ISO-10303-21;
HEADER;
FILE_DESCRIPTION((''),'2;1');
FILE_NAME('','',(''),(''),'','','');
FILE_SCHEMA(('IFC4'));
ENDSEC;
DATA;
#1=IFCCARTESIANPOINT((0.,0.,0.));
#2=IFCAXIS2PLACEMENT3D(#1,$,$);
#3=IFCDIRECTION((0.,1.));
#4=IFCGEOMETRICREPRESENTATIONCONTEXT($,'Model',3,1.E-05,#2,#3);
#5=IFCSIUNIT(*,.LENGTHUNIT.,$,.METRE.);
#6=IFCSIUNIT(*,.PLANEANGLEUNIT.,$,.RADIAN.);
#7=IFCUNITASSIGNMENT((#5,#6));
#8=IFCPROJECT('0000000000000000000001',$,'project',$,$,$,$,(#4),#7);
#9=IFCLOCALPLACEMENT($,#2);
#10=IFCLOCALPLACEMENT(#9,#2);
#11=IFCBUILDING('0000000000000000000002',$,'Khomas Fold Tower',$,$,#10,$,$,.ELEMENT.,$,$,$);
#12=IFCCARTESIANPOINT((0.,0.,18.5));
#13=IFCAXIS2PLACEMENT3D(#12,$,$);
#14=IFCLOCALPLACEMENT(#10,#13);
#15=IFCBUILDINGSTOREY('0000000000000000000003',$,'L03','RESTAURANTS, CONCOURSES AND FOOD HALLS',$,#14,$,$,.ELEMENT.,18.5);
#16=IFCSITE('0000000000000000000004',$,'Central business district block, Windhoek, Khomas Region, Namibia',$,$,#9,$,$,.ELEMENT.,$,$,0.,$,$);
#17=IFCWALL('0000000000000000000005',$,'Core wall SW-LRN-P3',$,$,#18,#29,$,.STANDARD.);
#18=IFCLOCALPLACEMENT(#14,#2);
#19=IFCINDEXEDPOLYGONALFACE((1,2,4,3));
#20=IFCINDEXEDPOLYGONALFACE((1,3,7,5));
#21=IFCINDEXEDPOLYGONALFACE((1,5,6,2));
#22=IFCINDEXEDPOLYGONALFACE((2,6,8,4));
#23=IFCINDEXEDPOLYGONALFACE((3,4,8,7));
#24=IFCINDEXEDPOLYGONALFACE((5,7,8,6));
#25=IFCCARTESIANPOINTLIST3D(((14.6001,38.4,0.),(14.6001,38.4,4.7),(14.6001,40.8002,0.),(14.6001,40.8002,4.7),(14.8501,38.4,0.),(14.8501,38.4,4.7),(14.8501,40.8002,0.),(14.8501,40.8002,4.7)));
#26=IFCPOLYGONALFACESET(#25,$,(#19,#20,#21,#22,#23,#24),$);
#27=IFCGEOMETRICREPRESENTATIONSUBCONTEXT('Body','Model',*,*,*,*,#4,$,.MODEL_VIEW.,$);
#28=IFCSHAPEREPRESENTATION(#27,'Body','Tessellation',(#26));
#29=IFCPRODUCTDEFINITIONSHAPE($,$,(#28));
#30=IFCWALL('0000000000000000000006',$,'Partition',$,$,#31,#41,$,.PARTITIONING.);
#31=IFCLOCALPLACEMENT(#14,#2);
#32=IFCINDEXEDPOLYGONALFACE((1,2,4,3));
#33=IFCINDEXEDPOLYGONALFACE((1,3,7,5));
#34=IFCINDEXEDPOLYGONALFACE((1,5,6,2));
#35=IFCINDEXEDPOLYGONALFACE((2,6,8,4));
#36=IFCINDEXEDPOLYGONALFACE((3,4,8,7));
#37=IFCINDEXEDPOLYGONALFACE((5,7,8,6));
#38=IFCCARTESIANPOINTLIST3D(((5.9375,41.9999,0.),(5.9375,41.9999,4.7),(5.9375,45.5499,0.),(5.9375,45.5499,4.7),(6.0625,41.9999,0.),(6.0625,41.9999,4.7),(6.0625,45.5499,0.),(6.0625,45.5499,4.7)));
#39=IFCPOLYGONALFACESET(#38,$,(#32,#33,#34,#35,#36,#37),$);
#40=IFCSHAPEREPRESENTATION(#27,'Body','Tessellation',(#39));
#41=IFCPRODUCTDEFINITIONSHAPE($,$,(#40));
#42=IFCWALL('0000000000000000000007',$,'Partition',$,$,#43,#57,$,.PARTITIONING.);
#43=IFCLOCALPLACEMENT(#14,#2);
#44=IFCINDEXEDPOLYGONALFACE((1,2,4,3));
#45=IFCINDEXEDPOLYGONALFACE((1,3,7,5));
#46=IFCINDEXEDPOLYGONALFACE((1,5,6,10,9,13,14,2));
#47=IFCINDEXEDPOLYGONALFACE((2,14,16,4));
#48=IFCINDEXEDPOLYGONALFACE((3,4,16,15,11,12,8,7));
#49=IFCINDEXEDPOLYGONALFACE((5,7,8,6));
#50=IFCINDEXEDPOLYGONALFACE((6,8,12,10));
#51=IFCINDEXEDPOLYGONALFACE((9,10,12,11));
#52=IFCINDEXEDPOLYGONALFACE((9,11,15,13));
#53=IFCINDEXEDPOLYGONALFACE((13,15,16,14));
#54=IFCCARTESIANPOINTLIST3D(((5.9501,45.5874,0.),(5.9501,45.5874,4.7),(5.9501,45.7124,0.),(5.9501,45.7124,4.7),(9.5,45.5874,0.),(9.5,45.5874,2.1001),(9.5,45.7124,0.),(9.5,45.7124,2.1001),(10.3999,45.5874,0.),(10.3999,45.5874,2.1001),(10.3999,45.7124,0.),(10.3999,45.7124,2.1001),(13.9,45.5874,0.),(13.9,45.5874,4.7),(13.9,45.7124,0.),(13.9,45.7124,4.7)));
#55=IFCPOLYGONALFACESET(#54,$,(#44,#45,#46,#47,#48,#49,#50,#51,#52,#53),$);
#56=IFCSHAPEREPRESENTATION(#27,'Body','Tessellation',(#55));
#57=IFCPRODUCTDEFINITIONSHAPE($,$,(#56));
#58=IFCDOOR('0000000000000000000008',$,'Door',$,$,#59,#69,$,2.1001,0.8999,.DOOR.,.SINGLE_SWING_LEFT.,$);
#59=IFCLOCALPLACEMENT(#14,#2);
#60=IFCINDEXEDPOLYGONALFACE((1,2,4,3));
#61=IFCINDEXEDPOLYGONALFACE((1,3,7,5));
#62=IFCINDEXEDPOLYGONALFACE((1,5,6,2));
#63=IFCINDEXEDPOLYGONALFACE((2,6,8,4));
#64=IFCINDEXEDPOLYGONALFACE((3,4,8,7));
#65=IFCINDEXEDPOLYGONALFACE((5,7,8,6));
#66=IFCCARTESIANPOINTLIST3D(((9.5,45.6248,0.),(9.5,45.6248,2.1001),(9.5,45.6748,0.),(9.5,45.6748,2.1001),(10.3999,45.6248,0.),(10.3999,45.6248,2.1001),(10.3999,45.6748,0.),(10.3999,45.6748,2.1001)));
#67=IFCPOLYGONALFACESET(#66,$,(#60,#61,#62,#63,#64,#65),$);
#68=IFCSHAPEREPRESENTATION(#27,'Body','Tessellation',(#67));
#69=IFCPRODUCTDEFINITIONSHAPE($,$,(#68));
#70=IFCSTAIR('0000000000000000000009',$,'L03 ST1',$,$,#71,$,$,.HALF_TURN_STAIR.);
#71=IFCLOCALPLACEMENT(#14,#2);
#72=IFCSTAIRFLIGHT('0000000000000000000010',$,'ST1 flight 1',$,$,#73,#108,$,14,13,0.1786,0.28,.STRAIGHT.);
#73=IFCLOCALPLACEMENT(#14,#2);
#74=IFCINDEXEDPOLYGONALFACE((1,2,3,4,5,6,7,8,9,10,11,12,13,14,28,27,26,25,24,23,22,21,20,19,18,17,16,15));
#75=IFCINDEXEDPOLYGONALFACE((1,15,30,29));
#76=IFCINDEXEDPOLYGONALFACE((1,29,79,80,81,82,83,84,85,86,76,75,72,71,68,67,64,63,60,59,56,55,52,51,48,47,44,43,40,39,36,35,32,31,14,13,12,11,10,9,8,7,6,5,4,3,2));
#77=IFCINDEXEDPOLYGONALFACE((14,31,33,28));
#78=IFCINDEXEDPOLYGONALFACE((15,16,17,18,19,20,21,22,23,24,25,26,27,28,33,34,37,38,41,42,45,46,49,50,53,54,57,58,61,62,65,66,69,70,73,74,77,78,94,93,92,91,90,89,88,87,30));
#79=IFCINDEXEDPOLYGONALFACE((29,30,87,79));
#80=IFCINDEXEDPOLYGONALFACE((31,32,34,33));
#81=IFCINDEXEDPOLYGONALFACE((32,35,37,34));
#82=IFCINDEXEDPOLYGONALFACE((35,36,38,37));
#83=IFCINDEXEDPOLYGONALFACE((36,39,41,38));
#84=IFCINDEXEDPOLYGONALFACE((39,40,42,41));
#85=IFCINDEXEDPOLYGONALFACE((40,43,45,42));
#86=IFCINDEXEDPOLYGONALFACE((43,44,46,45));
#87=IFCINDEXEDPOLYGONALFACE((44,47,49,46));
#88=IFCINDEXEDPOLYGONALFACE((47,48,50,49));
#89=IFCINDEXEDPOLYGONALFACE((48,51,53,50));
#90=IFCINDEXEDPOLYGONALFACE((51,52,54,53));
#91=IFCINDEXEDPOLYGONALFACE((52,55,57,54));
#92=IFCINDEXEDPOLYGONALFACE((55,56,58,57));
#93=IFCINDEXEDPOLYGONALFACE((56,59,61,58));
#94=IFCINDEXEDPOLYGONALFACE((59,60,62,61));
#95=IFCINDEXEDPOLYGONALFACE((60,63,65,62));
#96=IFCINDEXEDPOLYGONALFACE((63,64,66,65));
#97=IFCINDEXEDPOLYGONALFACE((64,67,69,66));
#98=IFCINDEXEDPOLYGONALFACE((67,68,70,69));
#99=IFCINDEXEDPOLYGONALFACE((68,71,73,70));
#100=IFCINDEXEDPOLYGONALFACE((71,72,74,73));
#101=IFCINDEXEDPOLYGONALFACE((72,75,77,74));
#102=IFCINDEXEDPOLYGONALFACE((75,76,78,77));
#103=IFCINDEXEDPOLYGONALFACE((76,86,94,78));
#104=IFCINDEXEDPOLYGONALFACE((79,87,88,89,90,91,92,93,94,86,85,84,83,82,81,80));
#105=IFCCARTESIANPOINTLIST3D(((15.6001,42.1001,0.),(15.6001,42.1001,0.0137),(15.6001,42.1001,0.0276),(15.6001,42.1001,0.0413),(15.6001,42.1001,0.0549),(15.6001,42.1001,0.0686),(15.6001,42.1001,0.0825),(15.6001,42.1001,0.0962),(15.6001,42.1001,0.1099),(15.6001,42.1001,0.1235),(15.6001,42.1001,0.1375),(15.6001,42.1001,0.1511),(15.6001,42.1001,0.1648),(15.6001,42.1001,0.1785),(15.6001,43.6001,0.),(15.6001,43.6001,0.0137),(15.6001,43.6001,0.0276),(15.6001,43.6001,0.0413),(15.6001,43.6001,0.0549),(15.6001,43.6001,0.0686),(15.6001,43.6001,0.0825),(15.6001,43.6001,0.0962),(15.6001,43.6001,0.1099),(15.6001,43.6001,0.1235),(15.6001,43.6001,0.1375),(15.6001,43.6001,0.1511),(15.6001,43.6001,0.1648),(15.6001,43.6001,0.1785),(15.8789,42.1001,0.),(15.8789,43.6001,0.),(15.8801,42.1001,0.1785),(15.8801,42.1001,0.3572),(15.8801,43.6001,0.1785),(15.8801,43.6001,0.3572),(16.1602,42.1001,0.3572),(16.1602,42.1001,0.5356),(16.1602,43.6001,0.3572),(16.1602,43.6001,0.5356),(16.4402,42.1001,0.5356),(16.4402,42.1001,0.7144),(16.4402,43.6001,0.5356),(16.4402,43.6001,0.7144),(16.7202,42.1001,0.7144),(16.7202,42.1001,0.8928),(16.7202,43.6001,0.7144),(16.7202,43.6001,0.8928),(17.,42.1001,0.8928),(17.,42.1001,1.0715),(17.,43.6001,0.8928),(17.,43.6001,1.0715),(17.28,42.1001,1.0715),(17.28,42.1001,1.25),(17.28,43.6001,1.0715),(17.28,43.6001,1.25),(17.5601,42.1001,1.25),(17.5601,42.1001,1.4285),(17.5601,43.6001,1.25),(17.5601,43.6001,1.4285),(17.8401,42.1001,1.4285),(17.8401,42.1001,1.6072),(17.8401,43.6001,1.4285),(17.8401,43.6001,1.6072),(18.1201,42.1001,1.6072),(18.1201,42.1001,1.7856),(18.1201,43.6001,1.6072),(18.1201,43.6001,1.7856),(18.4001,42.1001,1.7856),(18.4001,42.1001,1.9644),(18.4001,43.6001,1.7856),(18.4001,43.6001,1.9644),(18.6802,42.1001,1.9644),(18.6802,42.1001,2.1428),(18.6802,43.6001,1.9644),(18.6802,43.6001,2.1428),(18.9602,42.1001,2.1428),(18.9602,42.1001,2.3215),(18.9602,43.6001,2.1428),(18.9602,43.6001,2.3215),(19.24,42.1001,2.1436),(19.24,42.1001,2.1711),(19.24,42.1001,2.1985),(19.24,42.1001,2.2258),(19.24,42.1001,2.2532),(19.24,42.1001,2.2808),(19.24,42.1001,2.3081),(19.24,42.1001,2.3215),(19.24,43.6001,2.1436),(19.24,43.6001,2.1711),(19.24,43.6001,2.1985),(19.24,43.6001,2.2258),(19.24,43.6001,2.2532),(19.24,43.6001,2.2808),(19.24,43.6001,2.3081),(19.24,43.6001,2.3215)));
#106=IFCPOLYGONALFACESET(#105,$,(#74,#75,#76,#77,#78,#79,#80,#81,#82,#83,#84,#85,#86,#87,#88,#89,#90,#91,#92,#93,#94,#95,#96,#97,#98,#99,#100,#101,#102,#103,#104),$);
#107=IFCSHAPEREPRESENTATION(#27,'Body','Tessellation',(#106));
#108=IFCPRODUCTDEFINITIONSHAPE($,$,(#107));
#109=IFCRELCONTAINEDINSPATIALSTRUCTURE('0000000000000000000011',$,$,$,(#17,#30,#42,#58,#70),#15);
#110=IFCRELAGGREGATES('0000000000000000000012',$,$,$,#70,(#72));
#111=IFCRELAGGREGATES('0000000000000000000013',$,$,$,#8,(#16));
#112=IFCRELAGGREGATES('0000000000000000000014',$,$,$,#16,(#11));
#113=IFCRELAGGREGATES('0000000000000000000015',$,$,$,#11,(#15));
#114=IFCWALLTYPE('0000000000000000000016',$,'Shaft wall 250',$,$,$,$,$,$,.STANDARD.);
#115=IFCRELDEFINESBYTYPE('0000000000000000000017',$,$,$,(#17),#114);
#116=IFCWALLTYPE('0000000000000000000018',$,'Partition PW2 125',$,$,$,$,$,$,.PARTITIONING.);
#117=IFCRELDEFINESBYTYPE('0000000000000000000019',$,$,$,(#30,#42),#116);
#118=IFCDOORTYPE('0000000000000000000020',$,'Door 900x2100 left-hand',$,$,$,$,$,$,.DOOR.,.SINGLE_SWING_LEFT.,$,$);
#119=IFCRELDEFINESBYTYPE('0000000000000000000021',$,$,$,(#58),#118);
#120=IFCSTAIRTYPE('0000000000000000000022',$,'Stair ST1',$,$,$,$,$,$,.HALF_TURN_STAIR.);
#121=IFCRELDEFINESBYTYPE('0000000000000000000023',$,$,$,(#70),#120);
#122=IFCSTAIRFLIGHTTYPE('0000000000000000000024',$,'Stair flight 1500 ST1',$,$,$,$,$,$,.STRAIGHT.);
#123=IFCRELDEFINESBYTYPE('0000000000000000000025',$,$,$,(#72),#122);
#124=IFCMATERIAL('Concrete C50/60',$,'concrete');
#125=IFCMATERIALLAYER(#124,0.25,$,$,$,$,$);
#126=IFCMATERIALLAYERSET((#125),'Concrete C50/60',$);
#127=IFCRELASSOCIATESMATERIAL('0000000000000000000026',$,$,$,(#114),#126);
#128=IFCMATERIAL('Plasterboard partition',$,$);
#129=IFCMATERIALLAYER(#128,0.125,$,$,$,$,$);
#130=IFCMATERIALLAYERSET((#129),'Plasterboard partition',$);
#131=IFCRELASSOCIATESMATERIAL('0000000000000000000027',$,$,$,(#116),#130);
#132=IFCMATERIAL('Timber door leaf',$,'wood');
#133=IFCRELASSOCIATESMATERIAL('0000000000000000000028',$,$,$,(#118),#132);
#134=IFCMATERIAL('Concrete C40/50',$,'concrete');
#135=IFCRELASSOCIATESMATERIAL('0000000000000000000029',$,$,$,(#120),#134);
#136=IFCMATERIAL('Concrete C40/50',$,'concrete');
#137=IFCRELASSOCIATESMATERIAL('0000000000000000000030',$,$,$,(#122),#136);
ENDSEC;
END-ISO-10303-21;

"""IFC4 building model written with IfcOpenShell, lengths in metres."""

from ifc_helpers import new_model, si_unit, direction, frame, frame_2d, origin, place, context, subcontext, project, spatial, polyline, rectangle, outline, extrude, source, transform, mapped, material, layer, layer_set, type_object, element, fill, aggregate, save


model = new_model("IFC4")

# Units and contexts
model_context = context("Model", 3, precision=1e-05, world=origin(), true_north=direction((0.0, 1.0)))
body_context = subcontext(model_context, "Body", "Model", "MODEL_VIEW")
ifc_project = project(units=[si_unit("LENGTHUNIT", "METRE"), si_unit("PLANEANGLEUNIT", "RADIAN")], contexts=[model_context])

# Site, building, storey
site_placement = place(None, origin())
site = spatial("IfcSite", under=ifc_project, at=site_placement, Name="Central business district block, Windhoek, Khomas Region, Namibia", CompositionType="ELEMENT", RefElevation=0.0)
building_placement = place(site_placement, origin())
building = spatial("IfcBuilding", under=site, at=building_placement, Name="Khomas Fold Tower", CompositionType="ELEMENT")
storey_placement = place(building_placement, frame((0.0, 0.0, 18.5)))
storey = spatial("IfcBuildingStorey", under=building, at=storey_placement, Name="L03", Description="RESTAURANTS, CONCOURSES AND FOOD HALLS", CompositionType="ELEMENT", Elevation=18.5)

# Walls
ifc_material_1 = material(Name="Concrete C50/60", Category="concrete")
ifc_layer_1 = layer(ifc_material_1, 0.25)
ifc_layer_set_1 = layer_set([ifc_layer_1], Name="Concrete C50/60")
wall_type_1 = type_object("IfcWallType", Name="Shaft wall 250", PredefinedType="STANDARD", material=ifc_layer_set_1)
shared_shape_1 = source(origin(), body_context, "Body", "SweptSolid", [
    extrude(rectangle(XDim=2.4001, YDim=0.25, at=frame_2d((1.2002, 0.0))), origin(), (0.0, 0.0, 1.0), 4.7),
])
for number, where, z_axis, x_axis, name in (
    (1, (14.7251, 38.3999, 0.0), (0.0, 0.0, 1.0), (0.0, 1.0, 0.0), "Core wall SW-LRN-P3"),
):
    element("IfcWall", number, at=place(storey_placement, frame(where, z_axis=z_axis, x_axis=x_axis)), inside=storey, type_object=wall_type_1, Name=name, PredefinedType="STANDARD", context=body_context, shape_type="MappedRepresentation", body=[
        mapped(shared_shape_1, transform((0.0, 0.0, 0.0))),
    ])
ifc_material_2 = material(Name="Plasterboard partition")
ifc_layer_2 = layer(ifc_material_2, 0.125)
ifc_layer_set_2 = layer_set([ifc_layer_2], Name="Plasterboard partition")
wall_type_2 = type_object("IfcWallType", Name="Partition PW2 125", PredefinedType="PARTITIONING", material=ifc_layer_set_2)
shared_shape_2 = source(origin(), body_context, "Body", "SweptSolid", [
    extrude(rectangle(XDim=3.55, YDim=0.125, at=frame_2d((1.7749, 0.0))), origin(), (0.0, 0.0, 1.0), 4.7),
])
wall_1_placement = place(storey_placement, frame((6.0, 42.0, 0.0), z_axis=(0.0, 0.0, 1.0), x_axis=(0.0, 1.0, 0.0)))
element("IfcWall", 2, at=wall_1_placement, inside=storey, type_object=wall_type_2, Name="Partition", PredefinedType="PARTITIONING", context=body_context, shape_type="MappedRepresentation", body=[
    mapped(shared_shape_2, transform((0.0, 0.0, 0.0))),
])

# Wall, opening, door
shared_shape_3 = source(origin(), body_context, "Body", "SweptSolid", [
    extrude(rectangle(XDim=7.95, YDim=0.125, at=frame_2d((3.9751, 0.0))), origin(), (0.0, 0.0, 1.0), 4.7),
])
wall_2_placement = place(storey_placement, frame((5.95, 45.6499, 0.0), z_axis=(0.0, 0.0, 1.0), x_axis=(1.0, 0.0, 0.0)))
wall_2 = element("IfcWall", 3, at=wall_2_placement, inside=storey, type_object=wall_type_2, Name="Partition", PredefinedType="PARTITIONING", context=body_context, shape_type="MappedRepresentation", body=[
    mapped(shared_shape_3, transform((0.0, 0.0, 0.0))),
])
shared_shape_4 = source(origin(), body_context, "Body", "SweptSolid", [
    extrude(rectangle(XDim=0.8999, YDim=2.1001, at=frame_2d((0.45, 1.05))), frame((0.0, 0.0725, 0.0), z_axis=(0.0, -1.0, 0.0), x_axis=(1.0, 0.0, 0.0)), (0.0, 0.0, 1.0), 0.145),
])
opening_1_placement = place(wall_2_placement, frame((3.55, 0.0, 0.0)))
opening_1 = element("IfcOpeningElement", 4, at=opening_1_placement, cuts=wall_2, PredefinedType="OPENING", context=body_context, shape_type="MappedRepresentation", body=[
    mapped(shared_shape_4, transform((0.0, 0.0, 0.0))),
])
ifc_material_3 = material(Name="Timber door leaf", Category="wood")
door_type_1 = type_object("IfcDoorType", Name="Door 900x2100 left-hand", OperationType="SINGLE_SWING_LEFT", PredefinedType="DOOR", material=ifc_material_3)
shared_shape_5 = source(origin(), body_context, "Body", "SweptSolid", [
    extrude(rectangle(XDim=0.8999, YDim=2.1001, at=frame_2d((0.45, 1.05))), frame((0.0, 0.0249, 0.0), z_axis=(0.0, -1.0, 0.0), x_axis=(1.0, 0.0, 0.0)), (0.0, 0.0, 1.0), 0.05),
])
door_1_placement = place(opening_1_placement, origin())
door_1 = element("IfcDoor", 5, at=door_1_placement, inside=storey, type_object=door_type_1, Name="Door", OperationType="SINGLE_SWING_LEFT", OverallHeight=2.1001, OverallWidth=0.8999, PredefinedType="DOOR", context=body_context, shape_type="MappedRepresentation", body=[
    mapped(shared_shape_5, transform((0.0, 0.0, 0.0))),
])
fill(opening_1, door_1)

# Stair, stair flight
ifc_material_4 = material(Name="Concrete C40/50", Category="concrete")
stair_type = type_object("IfcStairType", Name="Stair ST1", PredefinedType="HALF_TURN_STAIR", material=ifc_material_4)
stair_placement = place(storey_placement, origin())
stair = element("IfcStair", 6, at=stair_placement, inside=storey, type_object=stair_type, Name="L03 ST1", PredefinedType="HALF_TURN_STAIR")
ifc_material_5 = material(Name="Concrete C40/50", Category="concrete")
stair_flight_type = type_object("IfcStairFlightType", Name="Stair flight 1500 ST1", PredefinedType="STRAIGHT", material=ifc_material_5)
shared_shape_6 = source(origin(), body_context, "Body", "SweptSolid", [
    extrude(outline(polyline([(0.0, 0.0), (0.0, 0.0137), (0.0, 0.0276), (0.0, 0.0413), (0.0, 0.0549), (0.0, 0.0686), (0.0, 0.0825), (0.0, 0.0962), (0.0, 0.1099), (0.0, 0.1235), (0.0, 0.1375), (0.0, 0.1511), (0.0, 0.1648), (0.0, 0.1785), (0.28, 0.1785), (0.28, 0.3572), (0.5601, 0.3572), (0.5601, 0.5356), (0.8401, 0.5356), (0.8401, 0.7144), (1.1201, 0.7144), (1.1201, 0.8928), (1.3999, 0.8928), (1.3999, 1.0715), (1.6799, 1.0715), (1.6799, 1.25), (1.96, 1.25), (1.96, 1.4285), (2.24, 1.4285), (2.24, 1.6072), (2.52, 1.6072), (2.52, 1.7856), (2.8, 1.7856), (2.8, 1.9644), (3.0801, 1.9644), (3.0801, 2.1428), (3.3601, 2.1428), (3.3601, 2.3215), (3.6399, 2.3215), (3.6399, 2.5), (3.6399, 2.4727), (3.6399, 2.4451), (3.6399, 2.4177), (3.6399, 2.3904), (3.6399, 2.363), (3.6399, 2.3354), (3.6399, 2.3081), (3.6399, 2.2808), (3.6399, 2.2532), (3.6399, 2.2258), (3.6399, 2.1985), (3.6399, 2.1711), (3.6399, 2.1436), (0.2788, 0.0), (0.0, 0.0)])), frame((0.0, 0.75, 0.0), z_axis=(0.0, -1.0, 0.0), x_axis=(1.0, 0.0, 0.0)), (0.0, 0.0, 1.0), 1.5),
])
stair_flight_placement = place(storey_placement, frame((15.6001, 42.8501, 0.0), z_axis=(0.0, 0.0, 1.0), x_axis=(1.0, 0.0, 0.0)))
stair_flight = element("IfcStairFlight", 7, at=stair_flight_placement, type_object=stair_flight_type, Name="ST1 flight 1", NumberOfRisers=14, NumberOfTreads=13, PredefinedType="STRAIGHT", RiserHeight=0.1786, TreadLength=0.28, context=body_context, shape_type="MappedRepresentation", body=[
    mapped(shared_shape_6, transform((0.0, 0.0, 0.0))),
])
aggregate(stair, [stair_flight])

save(model, "model.ifc")
